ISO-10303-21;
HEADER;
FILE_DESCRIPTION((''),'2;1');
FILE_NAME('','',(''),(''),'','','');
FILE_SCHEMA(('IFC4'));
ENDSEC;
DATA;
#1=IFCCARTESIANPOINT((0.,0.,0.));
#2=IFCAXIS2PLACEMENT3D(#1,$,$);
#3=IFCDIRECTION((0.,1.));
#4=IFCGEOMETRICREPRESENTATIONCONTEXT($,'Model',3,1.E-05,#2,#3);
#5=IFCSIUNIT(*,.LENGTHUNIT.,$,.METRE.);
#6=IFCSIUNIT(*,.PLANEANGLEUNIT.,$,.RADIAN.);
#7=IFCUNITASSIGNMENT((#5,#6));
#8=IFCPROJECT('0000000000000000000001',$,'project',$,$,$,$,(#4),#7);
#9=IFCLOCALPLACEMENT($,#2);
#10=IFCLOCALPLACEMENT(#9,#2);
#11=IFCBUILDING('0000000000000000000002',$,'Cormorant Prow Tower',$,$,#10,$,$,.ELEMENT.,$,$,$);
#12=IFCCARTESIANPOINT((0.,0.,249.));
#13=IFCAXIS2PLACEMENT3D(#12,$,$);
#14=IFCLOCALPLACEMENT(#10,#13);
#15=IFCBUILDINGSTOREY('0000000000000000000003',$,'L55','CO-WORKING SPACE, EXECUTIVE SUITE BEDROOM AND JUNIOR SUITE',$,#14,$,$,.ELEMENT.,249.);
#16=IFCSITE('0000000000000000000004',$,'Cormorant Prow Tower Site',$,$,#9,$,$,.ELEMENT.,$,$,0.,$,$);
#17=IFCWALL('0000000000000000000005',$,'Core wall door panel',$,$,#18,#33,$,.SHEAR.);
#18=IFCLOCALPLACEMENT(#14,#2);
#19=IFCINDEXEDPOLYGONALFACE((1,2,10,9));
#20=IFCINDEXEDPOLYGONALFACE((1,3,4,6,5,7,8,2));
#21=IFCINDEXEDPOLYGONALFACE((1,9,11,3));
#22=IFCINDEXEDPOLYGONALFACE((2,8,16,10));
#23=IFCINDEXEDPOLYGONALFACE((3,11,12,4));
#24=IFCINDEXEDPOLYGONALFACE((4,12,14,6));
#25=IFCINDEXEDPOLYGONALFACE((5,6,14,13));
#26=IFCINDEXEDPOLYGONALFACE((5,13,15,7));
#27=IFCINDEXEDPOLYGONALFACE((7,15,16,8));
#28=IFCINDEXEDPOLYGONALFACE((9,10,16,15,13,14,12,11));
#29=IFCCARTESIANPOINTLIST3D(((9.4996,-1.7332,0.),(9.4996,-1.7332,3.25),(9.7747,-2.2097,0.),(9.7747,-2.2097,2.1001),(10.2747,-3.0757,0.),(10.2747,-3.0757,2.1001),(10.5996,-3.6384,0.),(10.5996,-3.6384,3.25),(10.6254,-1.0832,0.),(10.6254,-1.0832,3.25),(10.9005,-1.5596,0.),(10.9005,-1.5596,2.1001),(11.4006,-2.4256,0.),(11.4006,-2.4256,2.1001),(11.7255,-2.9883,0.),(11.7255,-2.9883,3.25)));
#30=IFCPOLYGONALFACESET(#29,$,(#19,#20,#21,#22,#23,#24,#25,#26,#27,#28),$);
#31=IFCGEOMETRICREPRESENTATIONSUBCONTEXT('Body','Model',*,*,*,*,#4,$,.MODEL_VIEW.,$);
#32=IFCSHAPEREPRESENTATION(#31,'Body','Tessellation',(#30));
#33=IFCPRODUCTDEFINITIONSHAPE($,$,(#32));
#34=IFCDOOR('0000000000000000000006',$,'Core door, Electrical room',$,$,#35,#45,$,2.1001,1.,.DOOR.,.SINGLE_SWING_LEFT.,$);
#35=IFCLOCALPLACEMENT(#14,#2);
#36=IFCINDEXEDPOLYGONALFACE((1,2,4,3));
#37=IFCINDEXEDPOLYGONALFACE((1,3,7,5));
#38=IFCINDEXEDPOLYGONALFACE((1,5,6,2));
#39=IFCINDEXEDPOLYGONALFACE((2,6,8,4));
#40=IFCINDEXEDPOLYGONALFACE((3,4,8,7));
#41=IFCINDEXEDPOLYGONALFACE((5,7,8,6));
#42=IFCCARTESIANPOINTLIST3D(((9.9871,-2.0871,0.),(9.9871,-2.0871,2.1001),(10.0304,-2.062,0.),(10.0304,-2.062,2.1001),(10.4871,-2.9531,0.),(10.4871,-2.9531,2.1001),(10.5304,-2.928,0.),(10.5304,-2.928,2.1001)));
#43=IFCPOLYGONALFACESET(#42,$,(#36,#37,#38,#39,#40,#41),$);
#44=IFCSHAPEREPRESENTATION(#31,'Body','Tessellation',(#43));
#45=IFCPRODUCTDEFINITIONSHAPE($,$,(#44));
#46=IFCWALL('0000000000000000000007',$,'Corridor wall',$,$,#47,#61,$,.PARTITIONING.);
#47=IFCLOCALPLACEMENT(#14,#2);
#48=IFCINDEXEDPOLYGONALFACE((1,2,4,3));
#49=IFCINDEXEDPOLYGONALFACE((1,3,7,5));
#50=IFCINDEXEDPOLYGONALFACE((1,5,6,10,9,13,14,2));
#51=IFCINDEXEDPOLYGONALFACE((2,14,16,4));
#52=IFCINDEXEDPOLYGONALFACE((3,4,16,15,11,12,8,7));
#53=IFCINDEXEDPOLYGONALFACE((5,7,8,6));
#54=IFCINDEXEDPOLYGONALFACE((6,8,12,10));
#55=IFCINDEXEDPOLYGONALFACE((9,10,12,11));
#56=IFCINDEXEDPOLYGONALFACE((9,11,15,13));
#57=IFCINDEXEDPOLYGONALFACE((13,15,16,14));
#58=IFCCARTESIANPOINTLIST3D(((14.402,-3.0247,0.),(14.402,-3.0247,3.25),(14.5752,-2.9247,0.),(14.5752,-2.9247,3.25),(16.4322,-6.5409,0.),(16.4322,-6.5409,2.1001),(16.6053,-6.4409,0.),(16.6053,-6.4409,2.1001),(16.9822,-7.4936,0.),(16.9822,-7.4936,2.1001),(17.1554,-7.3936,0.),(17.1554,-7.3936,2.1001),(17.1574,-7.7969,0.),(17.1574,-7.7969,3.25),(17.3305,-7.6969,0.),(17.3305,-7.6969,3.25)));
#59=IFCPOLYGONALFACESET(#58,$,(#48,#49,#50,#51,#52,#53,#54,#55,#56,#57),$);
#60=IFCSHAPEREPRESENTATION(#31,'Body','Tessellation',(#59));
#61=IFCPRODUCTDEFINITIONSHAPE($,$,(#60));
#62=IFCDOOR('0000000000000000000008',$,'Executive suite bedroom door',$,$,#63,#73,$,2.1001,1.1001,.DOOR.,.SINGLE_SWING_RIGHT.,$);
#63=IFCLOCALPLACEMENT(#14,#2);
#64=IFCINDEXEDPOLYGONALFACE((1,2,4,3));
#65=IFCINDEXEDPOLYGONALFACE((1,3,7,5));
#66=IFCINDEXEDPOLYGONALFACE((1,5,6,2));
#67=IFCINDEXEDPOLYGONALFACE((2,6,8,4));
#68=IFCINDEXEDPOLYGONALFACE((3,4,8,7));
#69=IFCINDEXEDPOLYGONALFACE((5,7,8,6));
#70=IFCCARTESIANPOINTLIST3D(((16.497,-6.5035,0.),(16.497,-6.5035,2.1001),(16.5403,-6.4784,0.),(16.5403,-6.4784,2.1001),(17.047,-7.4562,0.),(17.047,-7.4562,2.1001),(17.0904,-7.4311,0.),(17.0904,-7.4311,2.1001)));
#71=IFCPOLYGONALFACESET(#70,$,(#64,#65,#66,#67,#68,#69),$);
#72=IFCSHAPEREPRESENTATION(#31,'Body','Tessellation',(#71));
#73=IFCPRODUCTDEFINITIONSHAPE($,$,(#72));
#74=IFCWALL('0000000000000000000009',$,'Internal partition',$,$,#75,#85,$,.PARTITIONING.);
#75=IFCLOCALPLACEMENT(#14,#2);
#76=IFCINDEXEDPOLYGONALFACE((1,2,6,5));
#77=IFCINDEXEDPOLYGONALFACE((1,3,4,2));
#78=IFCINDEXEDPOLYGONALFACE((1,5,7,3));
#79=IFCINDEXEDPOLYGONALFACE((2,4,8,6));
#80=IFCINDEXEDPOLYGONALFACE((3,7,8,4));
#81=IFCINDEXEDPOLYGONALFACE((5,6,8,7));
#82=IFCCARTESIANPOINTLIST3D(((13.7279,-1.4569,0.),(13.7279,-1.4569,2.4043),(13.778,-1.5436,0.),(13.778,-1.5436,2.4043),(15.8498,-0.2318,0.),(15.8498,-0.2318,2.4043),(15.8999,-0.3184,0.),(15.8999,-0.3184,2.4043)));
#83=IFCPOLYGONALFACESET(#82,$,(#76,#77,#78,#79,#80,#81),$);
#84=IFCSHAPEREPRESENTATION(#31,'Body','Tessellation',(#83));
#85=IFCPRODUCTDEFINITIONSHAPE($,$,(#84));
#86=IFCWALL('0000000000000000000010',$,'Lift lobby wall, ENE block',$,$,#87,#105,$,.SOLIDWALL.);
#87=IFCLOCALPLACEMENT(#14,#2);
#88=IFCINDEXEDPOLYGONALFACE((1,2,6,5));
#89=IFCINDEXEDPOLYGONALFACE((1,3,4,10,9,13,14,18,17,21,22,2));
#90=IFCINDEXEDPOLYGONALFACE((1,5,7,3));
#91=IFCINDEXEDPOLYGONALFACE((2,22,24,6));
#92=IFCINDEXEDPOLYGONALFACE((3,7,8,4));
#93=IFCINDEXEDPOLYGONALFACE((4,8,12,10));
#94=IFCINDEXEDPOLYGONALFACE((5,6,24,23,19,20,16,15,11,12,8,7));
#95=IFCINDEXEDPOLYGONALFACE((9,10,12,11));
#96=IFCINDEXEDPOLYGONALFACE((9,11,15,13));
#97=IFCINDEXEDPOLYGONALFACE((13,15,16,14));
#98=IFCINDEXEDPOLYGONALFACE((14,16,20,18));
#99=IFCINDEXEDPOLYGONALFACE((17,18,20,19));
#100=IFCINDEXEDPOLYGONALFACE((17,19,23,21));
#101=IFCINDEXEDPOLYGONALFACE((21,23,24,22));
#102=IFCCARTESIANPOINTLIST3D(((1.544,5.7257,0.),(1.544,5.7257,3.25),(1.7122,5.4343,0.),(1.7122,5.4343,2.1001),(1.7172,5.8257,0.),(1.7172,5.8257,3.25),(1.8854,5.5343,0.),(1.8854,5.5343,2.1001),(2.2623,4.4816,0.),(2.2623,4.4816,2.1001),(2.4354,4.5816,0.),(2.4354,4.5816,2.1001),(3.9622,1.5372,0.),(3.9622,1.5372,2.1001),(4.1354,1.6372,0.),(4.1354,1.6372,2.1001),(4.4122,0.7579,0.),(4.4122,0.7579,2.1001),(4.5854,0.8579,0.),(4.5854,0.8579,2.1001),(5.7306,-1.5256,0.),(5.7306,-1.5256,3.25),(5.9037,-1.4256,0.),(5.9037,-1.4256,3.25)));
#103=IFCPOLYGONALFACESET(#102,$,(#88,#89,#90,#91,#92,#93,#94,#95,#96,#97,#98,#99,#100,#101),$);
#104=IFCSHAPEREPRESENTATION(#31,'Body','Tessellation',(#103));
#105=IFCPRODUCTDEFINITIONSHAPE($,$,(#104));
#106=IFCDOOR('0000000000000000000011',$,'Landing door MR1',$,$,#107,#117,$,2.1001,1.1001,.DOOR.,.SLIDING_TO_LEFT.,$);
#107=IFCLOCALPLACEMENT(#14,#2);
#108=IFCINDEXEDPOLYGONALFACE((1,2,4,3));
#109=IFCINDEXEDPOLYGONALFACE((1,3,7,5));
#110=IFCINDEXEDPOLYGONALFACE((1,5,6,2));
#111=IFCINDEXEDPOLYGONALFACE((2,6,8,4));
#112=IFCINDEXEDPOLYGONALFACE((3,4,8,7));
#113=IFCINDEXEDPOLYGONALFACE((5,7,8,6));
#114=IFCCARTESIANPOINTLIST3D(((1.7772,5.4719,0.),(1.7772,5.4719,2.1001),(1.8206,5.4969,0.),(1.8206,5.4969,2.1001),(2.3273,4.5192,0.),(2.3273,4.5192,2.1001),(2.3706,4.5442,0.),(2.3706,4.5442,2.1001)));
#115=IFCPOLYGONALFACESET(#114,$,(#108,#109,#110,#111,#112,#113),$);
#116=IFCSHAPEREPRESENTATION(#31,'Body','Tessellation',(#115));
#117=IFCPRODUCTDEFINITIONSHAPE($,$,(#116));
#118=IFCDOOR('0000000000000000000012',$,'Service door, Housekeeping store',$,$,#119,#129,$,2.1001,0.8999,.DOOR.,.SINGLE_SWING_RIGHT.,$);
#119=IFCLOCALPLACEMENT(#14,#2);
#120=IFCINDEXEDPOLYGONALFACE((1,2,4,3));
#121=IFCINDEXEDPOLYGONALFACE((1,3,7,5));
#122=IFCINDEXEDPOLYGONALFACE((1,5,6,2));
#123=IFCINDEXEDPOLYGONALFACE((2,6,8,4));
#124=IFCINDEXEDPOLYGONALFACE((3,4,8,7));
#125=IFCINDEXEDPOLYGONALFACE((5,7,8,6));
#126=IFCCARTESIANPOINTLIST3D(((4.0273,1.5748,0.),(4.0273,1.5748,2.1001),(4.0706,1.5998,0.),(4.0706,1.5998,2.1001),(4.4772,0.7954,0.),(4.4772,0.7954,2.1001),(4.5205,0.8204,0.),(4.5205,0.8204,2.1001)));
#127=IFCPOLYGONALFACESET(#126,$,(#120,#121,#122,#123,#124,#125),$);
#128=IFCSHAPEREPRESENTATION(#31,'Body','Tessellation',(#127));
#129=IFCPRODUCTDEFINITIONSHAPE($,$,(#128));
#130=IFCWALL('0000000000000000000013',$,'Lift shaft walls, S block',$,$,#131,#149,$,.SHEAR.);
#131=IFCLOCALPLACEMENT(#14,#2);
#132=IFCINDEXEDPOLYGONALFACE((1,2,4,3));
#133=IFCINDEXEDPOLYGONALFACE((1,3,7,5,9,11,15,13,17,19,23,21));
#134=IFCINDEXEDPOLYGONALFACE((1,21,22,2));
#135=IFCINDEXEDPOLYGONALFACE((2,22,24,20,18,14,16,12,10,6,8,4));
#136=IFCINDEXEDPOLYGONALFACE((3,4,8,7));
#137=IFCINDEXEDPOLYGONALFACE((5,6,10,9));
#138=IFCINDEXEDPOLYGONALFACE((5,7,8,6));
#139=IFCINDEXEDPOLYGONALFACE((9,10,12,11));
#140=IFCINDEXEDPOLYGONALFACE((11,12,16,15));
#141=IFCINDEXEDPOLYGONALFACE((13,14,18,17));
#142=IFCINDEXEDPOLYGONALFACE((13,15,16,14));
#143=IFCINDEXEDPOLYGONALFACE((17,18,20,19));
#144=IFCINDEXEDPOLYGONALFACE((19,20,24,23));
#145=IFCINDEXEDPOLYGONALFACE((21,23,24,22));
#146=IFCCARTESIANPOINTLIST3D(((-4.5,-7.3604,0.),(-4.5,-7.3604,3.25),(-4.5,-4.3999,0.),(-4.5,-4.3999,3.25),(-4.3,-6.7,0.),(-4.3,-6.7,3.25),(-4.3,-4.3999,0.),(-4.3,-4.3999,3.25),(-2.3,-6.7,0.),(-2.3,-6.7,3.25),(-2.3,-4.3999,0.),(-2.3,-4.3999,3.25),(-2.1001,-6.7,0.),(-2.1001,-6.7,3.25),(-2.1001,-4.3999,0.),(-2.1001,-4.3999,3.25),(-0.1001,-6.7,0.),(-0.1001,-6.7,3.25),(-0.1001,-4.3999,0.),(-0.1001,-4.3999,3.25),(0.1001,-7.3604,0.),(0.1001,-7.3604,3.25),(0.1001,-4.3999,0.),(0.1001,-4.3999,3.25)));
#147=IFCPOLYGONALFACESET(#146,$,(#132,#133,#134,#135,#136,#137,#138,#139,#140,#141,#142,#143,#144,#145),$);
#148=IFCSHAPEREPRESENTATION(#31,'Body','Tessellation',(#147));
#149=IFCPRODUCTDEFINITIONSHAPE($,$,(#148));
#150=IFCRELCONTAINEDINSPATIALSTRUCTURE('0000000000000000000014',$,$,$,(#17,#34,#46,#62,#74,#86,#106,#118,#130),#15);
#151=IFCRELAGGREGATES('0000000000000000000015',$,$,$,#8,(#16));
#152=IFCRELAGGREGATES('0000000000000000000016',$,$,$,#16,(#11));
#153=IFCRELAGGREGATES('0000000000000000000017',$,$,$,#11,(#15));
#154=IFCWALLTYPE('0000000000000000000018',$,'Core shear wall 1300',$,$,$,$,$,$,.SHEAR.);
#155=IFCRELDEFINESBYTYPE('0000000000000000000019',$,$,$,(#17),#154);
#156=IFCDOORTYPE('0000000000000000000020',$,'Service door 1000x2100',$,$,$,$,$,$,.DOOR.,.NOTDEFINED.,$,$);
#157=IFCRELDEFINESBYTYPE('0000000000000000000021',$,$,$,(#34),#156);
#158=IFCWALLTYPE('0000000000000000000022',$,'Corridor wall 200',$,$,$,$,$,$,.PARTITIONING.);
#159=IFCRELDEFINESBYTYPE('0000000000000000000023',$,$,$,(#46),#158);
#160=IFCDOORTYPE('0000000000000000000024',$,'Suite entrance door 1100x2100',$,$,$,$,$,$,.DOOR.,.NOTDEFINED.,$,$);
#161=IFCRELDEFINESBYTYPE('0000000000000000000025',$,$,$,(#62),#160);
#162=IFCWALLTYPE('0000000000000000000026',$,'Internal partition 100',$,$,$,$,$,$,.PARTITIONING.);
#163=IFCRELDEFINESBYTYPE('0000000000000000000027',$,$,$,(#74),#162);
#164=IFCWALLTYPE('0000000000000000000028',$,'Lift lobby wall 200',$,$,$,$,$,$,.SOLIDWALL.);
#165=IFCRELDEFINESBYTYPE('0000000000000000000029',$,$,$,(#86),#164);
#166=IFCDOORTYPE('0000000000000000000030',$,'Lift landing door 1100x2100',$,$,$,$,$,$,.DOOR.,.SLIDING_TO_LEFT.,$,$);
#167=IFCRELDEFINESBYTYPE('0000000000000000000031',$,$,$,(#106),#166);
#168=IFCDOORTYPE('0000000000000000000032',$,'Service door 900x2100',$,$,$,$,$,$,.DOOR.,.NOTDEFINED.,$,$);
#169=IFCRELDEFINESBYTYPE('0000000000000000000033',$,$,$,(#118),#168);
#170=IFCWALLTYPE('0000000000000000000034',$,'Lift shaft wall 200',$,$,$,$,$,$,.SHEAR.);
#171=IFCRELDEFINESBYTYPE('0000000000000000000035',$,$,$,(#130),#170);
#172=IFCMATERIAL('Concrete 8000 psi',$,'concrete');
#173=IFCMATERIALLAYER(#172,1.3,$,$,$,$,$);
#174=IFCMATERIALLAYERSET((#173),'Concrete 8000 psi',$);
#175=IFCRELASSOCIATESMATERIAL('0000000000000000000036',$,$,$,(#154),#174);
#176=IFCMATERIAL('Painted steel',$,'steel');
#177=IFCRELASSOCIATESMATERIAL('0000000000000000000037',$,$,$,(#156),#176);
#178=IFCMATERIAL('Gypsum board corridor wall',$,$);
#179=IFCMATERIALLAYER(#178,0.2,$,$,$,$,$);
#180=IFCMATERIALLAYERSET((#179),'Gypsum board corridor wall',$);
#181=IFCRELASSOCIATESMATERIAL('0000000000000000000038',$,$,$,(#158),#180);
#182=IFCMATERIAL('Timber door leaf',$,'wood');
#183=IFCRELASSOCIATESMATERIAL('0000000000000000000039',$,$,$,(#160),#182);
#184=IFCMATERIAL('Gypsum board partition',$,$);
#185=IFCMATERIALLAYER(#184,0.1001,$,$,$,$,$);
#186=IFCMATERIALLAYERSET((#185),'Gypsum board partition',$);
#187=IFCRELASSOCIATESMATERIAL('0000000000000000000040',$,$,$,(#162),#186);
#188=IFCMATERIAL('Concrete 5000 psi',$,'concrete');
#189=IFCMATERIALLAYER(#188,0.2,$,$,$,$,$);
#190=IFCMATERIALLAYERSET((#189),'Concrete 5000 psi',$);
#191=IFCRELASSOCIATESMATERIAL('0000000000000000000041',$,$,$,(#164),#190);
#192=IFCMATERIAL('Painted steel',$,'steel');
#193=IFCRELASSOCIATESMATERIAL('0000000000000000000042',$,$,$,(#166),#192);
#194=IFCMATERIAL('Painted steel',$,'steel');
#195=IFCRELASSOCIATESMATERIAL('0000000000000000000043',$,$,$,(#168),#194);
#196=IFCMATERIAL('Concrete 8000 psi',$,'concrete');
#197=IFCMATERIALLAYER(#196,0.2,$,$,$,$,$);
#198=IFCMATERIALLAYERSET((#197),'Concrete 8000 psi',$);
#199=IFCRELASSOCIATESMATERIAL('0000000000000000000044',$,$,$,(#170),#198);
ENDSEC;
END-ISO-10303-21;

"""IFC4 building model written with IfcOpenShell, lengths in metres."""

from ifc_helpers import new_model, si_unit, direction, frame, frame_2d, origin, place, context, subcontext, project, spatial, polyline, rectangle, outline, extrude, material, layer, layer_set, type_object, element, fill, save


model = new_model("IFC4")

# Units and contexts
model_context = context("Model", 3, precision=1e-05, world=origin(), true_north=direction((0.0, 1.0)))
body_context = subcontext(model_context, "Body", "Model", "MODEL_VIEW")
ifc_project = project(units=[si_unit("LENGTHUNIT", "METRE"), si_unit("PLANEANGLEUNIT", "RADIAN")], contexts=[model_context])

# Site, building, storey
site_placement = place(None, origin())
site = spatial("IfcSite", under=ifc_project, at=site_placement, Name="Cormorant Prow Tower Site", CompositionType="ELEMENT", RefElevation=0.0)
building_placement = place(site_placement, origin())
building = spatial("IfcBuilding", under=site, at=building_placement, Name="Cormorant Prow Tower", CompositionType="ELEMENT")
storey_placement = place(building_placement, frame((0.0, 0.0, 249.0)))
storey = spatial("IfcBuildingStorey", under=building, at=storey_placement, Name="L55", Description="CO-WORKING SPACE, EXECUTIVE SUITE BEDROOM AND JUNIOR SUITE", CompositionType="ELEMENT", Elevation=249.0)

# Shared definitions
ifc_material_1 = material(Name="Concrete 8000 psi", Category="concrete")
ifc_layer_1 = layer(ifc_material_1, 1.3)
ifc_layer_set_1 = layer_set([ifc_layer_1], Name="Concrete 8000 psi")
wall_type_1 = type_object("IfcWallType", Name="Core shear wall 1300", PredefinedType="SHEAR", material=ifc_layer_set_1)

# Walls, openings, doors
ifc_material_2 = material(Name="Painted steel", Category="steel")
door_type_1 = type_object("IfcDoorType", Name="Service door 1000x2100", OperationType="NOTDEFINED", PredefinedType="DOOR", material=ifc_material_2)
wall_1_placement = place(storey_placement, frame((11.1626, -3.3135, 0.0), z_axis=(0.0, 0.0, 1.0), x_axis=(-0.50003, 0.866008, 0.0)))
wall_1 = element("IfcWall", 1, at=wall_1_placement, inside=storey, type_object=wall_type_1, Name="Core wall door panel", PredefinedType="SHEAR", context=body_context, shape_type="SweptSolid", body=[
    extrude(rectangle(XDim=2.2, YDim=1.3, at=frame_2d((1.1001, 0.0))), origin(), (0.0, 0.0, 1.0), 3.25),
])
opening_1_placement = place(wall_1_placement, frame((0.6499, 0.0, 0.0)))
opening_1 = element("IfcOpeningElement", 2, at=opening_1_placement, cuts=wall_1, PredefinedType="OPENING", context=body_context, shape_type="SweptSolid", body=[
    extrude(rectangle(XDim=1.0, YDim=2.1001, at=frame_2d((0.5, 1.05))), frame((0.0, 0.6599, 0.0), z_axis=(0.0, -1.0, 0.0), x_axis=(1.0, 0.0, 0.0)), (0.0, 0.0, 1.0), 1.3201),
])
door_1_placement = place(opening_1_placement, origin())
door_1 = element("IfcDoor", 3, at=door_1_placement, inside=storey, type_object=door_type_1, Name="Core door, Electrical room", OperationType="SINGLE_SWING_LEFT", OverallHeight=2.1001, OverallWidth=1.0, PredefinedType="DOOR", context=body_context, shape_type="SweptSolid", body=[
    extrude(rectangle(XDim=1.0, YDim=2.1001, at=frame_2d((0.5, 1.05))), frame((0.0, 0.4048, 0.0), z_axis=(0.0, -1.0, 0.0), x_axis=(1.0, 0.0, 0.0)), (0.0, 0.0, 1.0), 0.05),
])
fill(opening_1, door_1)
ifc_material_3 = material(Name="Gypsum board corridor wall")
ifc_layer_2 = layer(ifc_material_3, 0.2)
ifc_layer_set_2 = layer_set([ifc_layer_2], Name="Gypsum board corridor wall")
wall_type_2 = type_object("IfcWallType", Name="Corridor wall 200", PredefinedType="PARTITIONING", material=ifc_layer_set_2)
wall_2_placement = place(storey_placement, frame((14.4885, -2.9746, 0.0), z_axis=(0.0, 0.0, 1.0), x_axis=(0.500018, -0.866015, 0.0)))
wall_2 = element("IfcWall", 4, at=wall_2_placement, inside=storey, type_object=wall_type_2, Name="Corridor wall", PredefinedType="PARTITIONING", context=body_context, shape_type="SweptSolid", body=[
    extrude(rectangle(XDim=5.5105, YDim=0.2, at=frame_2d((2.7554, 0.0))), origin(), (0.0, 0.0, 1.0), 3.25),
])
opening_2_placement = place(wall_2_placement, frame((4.0603, 0.0, 0.0)))
opening_2 = element("IfcOpeningElement", 5, at=opening_2_placement, cuts=wall_2, PredefinedType="OPENING", context=body_context, shape_type="SweptSolid", body=[
    extrude(rectangle(XDim=1.1001, YDim=2.1001, at=frame_2d((0.55, 1.05))), frame((0.0, 0.1099, 0.0), z_axis=(0.0, -1.0, 0.0), x_axis=(1.0, 0.0, 0.0)), (0.0, 0.0, 1.0), 0.22),
])
ifc_material_4 = material(Name="Timber door leaf", Category="wood")
door_type_2 = type_object("IfcDoorType", Name="Suite entrance door 1100x2100", OperationType="NOTDEFINED", PredefinedType="DOOR", material=ifc_material_4)
door_2_placement = place(opening_2_placement, origin())
door_2 = element("IfcDoor", 6, at=door_2_placement, inside=storey, type_object=door_type_2, Name="Executive suite bedroom door", OperationType="SINGLE_SWING_RIGHT", OverallHeight=2.1001, OverallWidth=1.1001, PredefinedType="DOOR", context=body_context, shape_type="SweptSolid", body=[
    extrude(rectangle(XDim=1.1001, YDim=2.1001, at=frame_2d((0.55, 1.05))), frame((0.0, 0.0249, 0.0), z_axis=(0.0, -1.0, 0.0), x_axis=(1.0, 0.0, 0.0)), (0.0, 0.0, 1.0), 0.05),
])
fill(opening_2, door_2)

# Wall
ifc_material_5 = material(Name="Gypsum board partition")
ifc_layer_3 = layer(ifc_material_5, 0.1001)
ifc_layer_set_3 = layer_set([ifc_layer_3], Name="Gypsum board partition")
wall_type_3 = type_object("IfcWallType", Name="Internal partition 100", PredefinedType="PARTITIONING", material=ifc_layer_set_3)
wall_3_placement = place(storey_placement, frame((13.7529, -1.5002, 0.0), z_axis=(0.0, 0.0, 1.0), x_axis=(0.866015, 0.500019, 0.0)))
element("IfcWall", 7, at=wall_3_placement, inside=storey, type_object=wall_type_3, Name="Internal partition", PredefinedType="PARTITIONING", context=body_context, shape_type="SweptSolid", body=[
    extrude(rectangle(XDim=2.4502, YDim=0.1001, at=frame_2d((1.2251, 0.0))), origin(), (0.0, 0.0, 1.0), 2.4043),
])

# Wall, openings, doors
ifc_material_6 = material(Name="Concrete 5000 psi", Category="concrete")
ifc_layer_4 = layer(ifc_material_6, 0.2)
ifc_layer_set_4 = layer_set([ifc_layer_4], Name="Concrete 5000 psi")
wall_type_4 = type_object("IfcWallType", Name="Lift lobby wall 200", PredefinedType="SOLIDWALL", material=ifc_layer_set_4)
wall_4_placement = place(storey_placement, frame((5.8171, -1.4756, 0.0), z_axis=(0.0, 0.0, 1.0), x_axis=(-0.500003, 0.866024, 0.0)))
wall_4 = element("IfcWall", 8, at=wall_4_placement, inside=storey, type_object=wall_type_4, Name="Lift lobby wall, ENE block", PredefinedType="SOLIDWALL", context=body_context, shape_type="SweptSolid", body=[
    extrude(rectangle(XDim=8.373, YDim=0.2, at=frame_2d((4.1865, 0.0))), origin(), (0.0, 0.0, 1.0), 3.25),
])
opening_3_placement = place(wall_4_placement, frame((2.6367, 0.0, 0.0)))
opening_3 = element("IfcOpeningElement", 9, at=opening_3_placement, cuts=wall_4, PredefinedType="OPENING", context=body_context, shape_type="SweptSolid", body=[
    extrude(rectangle(XDim=0.8999, YDim=2.1001, at=frame_2d((0.45, 1.05))), frame((0.0, 0.1099, 0.0), z_axis=(0.0, -1.0, 0.0), x_axis=(1.0, 0.0, 0.0)), (0.0, 0.0, 1.0), 0.22),
])
opening_4_placement = place(wall_4_placement, frame((6.9365, 0.0, 0.0)))
opening_4 = element("IfcOpeningElement", 10, at=opening_4_placement, cuts=wall_4, PredefinedType="OPENING", context=body_context, shape_type="SweptSolid", body=[
    extrude(rectangle(XDim=1.1001, YDim=2.1001, at=frame_2d((0.55, 1.05))), frame((0.0, 0.1099, 0.0), z_axis=(0.0, -1.0, 0.0), x_axis=(1.0, 0.0, 0.0)), (0.0, 0.0, 1.0), 0.22),
])
ifc_material_7 = material(Name="Painted steel", Category="steel")
door_type_3 = type_object("IfcDoorType", Name="Lift landing door 1100x2100", OperationType="SLIDING_TO_LEFT", PredefinedType="DOOR", material=ifc_material_7)
door_3_placement = place(opening_4_placement, origin())
door_3 = element("IfcDoor", 11, at=door_3_placement, inside=storey, type_object=door_type_3, Name="Landing door MR1", OperationType="SLIDING_TO_LEFT", OverallHeight=2.1001, OverallWidth=1.1001, PredefinedType="DOOR", context=body_context, shape_type="SweptSolid", body=[
    extrude(rectangle(XDim=1.1001, YDim=2.1001, at=frame_2d((0.55, 1.05))), frame((0.0, 0.0249, 0.0), z_axis=(0.0, -1.0, 0.0), x_axis=(1.0, 0.0, 0.0)), (0.0, 0.0, 1.0), 0.05),
])
fill(opening_4, door_3)
ifc_material_8 = material(Name="Painted steel", Category="steel")
door_type_4 = type_object("IfcDoorType", Name="Service door 900x2100", OperationType="NOTDEFINED", PredefinedType="DOOR", material=ifc_material_8)
door_4_placement = place(opening_3_placement, origin())
door_4 = element("IfcDoor", 12, at=door_4_placement, inside=storey, type_object=door_type_4, Name="Service door, Housekeeping store", OperationType="SINGLE_SWING_RIGHT", OverallHeight=2.1001, OverallWidth=0.8999, PredefinedType="DOOR", context=body_context, shape_type="SweptSolid", body=[
    extrude(rectangle(XDim=0.8999, YDim=2.1001, at=frame_2d((0.45, 1.05))), frame((0.0, 0.0249, 0.0), z_axis=(0.0, -1.0, 0.0), x_axis=(1.0, 0.0, 0.0)), (0.0, 0.0, 1.0), 0.05),
])
fill(opening_3, door_4)

# Wall
ifc_material_9 = material(Name="Concrete 8000 psi", Category="concrete")
ifc_layer_5 = layer(ifc_material_9, 0.2)
ifc_layer_set_5 = layer_set([ifc_layer_5], Name="Concrete 8000 psi")
wall_type_5 = type_object("IfcWallType", Name="Lift shaft wall 200", PredefinedType="SHEAR", material=ifc_layer_set_5)
wall_5_placement = place(storey_placement, origin())
element("IfcWall", 13, at=wall_5_placement, inside=storey, type_object=wall_type_5, Name="Lift shaft walls, S block", PredefinedType="SHEAR", context=body_context, shape_type="SweptSolid", body=[
    extrude(outline(polyline([(0.1001, -7.3604), (-4.5, -7.3604), (-4.5, -4.3999), (-4.3, -4.3999), (-4.3, -6.7), (-2.3, -6.7), (-2.3, -4.3999), (-2.1001, -4.3999), (-2.1001, -6.7), (-0.1001, -6.7), (-0.1001, -4.3999), (0.1001, -4.3999), (0.1001, -7.3604)])), origin(), (0.0, 0.0, 1.0), 3.25),
])

save(model, "model.ifc")
